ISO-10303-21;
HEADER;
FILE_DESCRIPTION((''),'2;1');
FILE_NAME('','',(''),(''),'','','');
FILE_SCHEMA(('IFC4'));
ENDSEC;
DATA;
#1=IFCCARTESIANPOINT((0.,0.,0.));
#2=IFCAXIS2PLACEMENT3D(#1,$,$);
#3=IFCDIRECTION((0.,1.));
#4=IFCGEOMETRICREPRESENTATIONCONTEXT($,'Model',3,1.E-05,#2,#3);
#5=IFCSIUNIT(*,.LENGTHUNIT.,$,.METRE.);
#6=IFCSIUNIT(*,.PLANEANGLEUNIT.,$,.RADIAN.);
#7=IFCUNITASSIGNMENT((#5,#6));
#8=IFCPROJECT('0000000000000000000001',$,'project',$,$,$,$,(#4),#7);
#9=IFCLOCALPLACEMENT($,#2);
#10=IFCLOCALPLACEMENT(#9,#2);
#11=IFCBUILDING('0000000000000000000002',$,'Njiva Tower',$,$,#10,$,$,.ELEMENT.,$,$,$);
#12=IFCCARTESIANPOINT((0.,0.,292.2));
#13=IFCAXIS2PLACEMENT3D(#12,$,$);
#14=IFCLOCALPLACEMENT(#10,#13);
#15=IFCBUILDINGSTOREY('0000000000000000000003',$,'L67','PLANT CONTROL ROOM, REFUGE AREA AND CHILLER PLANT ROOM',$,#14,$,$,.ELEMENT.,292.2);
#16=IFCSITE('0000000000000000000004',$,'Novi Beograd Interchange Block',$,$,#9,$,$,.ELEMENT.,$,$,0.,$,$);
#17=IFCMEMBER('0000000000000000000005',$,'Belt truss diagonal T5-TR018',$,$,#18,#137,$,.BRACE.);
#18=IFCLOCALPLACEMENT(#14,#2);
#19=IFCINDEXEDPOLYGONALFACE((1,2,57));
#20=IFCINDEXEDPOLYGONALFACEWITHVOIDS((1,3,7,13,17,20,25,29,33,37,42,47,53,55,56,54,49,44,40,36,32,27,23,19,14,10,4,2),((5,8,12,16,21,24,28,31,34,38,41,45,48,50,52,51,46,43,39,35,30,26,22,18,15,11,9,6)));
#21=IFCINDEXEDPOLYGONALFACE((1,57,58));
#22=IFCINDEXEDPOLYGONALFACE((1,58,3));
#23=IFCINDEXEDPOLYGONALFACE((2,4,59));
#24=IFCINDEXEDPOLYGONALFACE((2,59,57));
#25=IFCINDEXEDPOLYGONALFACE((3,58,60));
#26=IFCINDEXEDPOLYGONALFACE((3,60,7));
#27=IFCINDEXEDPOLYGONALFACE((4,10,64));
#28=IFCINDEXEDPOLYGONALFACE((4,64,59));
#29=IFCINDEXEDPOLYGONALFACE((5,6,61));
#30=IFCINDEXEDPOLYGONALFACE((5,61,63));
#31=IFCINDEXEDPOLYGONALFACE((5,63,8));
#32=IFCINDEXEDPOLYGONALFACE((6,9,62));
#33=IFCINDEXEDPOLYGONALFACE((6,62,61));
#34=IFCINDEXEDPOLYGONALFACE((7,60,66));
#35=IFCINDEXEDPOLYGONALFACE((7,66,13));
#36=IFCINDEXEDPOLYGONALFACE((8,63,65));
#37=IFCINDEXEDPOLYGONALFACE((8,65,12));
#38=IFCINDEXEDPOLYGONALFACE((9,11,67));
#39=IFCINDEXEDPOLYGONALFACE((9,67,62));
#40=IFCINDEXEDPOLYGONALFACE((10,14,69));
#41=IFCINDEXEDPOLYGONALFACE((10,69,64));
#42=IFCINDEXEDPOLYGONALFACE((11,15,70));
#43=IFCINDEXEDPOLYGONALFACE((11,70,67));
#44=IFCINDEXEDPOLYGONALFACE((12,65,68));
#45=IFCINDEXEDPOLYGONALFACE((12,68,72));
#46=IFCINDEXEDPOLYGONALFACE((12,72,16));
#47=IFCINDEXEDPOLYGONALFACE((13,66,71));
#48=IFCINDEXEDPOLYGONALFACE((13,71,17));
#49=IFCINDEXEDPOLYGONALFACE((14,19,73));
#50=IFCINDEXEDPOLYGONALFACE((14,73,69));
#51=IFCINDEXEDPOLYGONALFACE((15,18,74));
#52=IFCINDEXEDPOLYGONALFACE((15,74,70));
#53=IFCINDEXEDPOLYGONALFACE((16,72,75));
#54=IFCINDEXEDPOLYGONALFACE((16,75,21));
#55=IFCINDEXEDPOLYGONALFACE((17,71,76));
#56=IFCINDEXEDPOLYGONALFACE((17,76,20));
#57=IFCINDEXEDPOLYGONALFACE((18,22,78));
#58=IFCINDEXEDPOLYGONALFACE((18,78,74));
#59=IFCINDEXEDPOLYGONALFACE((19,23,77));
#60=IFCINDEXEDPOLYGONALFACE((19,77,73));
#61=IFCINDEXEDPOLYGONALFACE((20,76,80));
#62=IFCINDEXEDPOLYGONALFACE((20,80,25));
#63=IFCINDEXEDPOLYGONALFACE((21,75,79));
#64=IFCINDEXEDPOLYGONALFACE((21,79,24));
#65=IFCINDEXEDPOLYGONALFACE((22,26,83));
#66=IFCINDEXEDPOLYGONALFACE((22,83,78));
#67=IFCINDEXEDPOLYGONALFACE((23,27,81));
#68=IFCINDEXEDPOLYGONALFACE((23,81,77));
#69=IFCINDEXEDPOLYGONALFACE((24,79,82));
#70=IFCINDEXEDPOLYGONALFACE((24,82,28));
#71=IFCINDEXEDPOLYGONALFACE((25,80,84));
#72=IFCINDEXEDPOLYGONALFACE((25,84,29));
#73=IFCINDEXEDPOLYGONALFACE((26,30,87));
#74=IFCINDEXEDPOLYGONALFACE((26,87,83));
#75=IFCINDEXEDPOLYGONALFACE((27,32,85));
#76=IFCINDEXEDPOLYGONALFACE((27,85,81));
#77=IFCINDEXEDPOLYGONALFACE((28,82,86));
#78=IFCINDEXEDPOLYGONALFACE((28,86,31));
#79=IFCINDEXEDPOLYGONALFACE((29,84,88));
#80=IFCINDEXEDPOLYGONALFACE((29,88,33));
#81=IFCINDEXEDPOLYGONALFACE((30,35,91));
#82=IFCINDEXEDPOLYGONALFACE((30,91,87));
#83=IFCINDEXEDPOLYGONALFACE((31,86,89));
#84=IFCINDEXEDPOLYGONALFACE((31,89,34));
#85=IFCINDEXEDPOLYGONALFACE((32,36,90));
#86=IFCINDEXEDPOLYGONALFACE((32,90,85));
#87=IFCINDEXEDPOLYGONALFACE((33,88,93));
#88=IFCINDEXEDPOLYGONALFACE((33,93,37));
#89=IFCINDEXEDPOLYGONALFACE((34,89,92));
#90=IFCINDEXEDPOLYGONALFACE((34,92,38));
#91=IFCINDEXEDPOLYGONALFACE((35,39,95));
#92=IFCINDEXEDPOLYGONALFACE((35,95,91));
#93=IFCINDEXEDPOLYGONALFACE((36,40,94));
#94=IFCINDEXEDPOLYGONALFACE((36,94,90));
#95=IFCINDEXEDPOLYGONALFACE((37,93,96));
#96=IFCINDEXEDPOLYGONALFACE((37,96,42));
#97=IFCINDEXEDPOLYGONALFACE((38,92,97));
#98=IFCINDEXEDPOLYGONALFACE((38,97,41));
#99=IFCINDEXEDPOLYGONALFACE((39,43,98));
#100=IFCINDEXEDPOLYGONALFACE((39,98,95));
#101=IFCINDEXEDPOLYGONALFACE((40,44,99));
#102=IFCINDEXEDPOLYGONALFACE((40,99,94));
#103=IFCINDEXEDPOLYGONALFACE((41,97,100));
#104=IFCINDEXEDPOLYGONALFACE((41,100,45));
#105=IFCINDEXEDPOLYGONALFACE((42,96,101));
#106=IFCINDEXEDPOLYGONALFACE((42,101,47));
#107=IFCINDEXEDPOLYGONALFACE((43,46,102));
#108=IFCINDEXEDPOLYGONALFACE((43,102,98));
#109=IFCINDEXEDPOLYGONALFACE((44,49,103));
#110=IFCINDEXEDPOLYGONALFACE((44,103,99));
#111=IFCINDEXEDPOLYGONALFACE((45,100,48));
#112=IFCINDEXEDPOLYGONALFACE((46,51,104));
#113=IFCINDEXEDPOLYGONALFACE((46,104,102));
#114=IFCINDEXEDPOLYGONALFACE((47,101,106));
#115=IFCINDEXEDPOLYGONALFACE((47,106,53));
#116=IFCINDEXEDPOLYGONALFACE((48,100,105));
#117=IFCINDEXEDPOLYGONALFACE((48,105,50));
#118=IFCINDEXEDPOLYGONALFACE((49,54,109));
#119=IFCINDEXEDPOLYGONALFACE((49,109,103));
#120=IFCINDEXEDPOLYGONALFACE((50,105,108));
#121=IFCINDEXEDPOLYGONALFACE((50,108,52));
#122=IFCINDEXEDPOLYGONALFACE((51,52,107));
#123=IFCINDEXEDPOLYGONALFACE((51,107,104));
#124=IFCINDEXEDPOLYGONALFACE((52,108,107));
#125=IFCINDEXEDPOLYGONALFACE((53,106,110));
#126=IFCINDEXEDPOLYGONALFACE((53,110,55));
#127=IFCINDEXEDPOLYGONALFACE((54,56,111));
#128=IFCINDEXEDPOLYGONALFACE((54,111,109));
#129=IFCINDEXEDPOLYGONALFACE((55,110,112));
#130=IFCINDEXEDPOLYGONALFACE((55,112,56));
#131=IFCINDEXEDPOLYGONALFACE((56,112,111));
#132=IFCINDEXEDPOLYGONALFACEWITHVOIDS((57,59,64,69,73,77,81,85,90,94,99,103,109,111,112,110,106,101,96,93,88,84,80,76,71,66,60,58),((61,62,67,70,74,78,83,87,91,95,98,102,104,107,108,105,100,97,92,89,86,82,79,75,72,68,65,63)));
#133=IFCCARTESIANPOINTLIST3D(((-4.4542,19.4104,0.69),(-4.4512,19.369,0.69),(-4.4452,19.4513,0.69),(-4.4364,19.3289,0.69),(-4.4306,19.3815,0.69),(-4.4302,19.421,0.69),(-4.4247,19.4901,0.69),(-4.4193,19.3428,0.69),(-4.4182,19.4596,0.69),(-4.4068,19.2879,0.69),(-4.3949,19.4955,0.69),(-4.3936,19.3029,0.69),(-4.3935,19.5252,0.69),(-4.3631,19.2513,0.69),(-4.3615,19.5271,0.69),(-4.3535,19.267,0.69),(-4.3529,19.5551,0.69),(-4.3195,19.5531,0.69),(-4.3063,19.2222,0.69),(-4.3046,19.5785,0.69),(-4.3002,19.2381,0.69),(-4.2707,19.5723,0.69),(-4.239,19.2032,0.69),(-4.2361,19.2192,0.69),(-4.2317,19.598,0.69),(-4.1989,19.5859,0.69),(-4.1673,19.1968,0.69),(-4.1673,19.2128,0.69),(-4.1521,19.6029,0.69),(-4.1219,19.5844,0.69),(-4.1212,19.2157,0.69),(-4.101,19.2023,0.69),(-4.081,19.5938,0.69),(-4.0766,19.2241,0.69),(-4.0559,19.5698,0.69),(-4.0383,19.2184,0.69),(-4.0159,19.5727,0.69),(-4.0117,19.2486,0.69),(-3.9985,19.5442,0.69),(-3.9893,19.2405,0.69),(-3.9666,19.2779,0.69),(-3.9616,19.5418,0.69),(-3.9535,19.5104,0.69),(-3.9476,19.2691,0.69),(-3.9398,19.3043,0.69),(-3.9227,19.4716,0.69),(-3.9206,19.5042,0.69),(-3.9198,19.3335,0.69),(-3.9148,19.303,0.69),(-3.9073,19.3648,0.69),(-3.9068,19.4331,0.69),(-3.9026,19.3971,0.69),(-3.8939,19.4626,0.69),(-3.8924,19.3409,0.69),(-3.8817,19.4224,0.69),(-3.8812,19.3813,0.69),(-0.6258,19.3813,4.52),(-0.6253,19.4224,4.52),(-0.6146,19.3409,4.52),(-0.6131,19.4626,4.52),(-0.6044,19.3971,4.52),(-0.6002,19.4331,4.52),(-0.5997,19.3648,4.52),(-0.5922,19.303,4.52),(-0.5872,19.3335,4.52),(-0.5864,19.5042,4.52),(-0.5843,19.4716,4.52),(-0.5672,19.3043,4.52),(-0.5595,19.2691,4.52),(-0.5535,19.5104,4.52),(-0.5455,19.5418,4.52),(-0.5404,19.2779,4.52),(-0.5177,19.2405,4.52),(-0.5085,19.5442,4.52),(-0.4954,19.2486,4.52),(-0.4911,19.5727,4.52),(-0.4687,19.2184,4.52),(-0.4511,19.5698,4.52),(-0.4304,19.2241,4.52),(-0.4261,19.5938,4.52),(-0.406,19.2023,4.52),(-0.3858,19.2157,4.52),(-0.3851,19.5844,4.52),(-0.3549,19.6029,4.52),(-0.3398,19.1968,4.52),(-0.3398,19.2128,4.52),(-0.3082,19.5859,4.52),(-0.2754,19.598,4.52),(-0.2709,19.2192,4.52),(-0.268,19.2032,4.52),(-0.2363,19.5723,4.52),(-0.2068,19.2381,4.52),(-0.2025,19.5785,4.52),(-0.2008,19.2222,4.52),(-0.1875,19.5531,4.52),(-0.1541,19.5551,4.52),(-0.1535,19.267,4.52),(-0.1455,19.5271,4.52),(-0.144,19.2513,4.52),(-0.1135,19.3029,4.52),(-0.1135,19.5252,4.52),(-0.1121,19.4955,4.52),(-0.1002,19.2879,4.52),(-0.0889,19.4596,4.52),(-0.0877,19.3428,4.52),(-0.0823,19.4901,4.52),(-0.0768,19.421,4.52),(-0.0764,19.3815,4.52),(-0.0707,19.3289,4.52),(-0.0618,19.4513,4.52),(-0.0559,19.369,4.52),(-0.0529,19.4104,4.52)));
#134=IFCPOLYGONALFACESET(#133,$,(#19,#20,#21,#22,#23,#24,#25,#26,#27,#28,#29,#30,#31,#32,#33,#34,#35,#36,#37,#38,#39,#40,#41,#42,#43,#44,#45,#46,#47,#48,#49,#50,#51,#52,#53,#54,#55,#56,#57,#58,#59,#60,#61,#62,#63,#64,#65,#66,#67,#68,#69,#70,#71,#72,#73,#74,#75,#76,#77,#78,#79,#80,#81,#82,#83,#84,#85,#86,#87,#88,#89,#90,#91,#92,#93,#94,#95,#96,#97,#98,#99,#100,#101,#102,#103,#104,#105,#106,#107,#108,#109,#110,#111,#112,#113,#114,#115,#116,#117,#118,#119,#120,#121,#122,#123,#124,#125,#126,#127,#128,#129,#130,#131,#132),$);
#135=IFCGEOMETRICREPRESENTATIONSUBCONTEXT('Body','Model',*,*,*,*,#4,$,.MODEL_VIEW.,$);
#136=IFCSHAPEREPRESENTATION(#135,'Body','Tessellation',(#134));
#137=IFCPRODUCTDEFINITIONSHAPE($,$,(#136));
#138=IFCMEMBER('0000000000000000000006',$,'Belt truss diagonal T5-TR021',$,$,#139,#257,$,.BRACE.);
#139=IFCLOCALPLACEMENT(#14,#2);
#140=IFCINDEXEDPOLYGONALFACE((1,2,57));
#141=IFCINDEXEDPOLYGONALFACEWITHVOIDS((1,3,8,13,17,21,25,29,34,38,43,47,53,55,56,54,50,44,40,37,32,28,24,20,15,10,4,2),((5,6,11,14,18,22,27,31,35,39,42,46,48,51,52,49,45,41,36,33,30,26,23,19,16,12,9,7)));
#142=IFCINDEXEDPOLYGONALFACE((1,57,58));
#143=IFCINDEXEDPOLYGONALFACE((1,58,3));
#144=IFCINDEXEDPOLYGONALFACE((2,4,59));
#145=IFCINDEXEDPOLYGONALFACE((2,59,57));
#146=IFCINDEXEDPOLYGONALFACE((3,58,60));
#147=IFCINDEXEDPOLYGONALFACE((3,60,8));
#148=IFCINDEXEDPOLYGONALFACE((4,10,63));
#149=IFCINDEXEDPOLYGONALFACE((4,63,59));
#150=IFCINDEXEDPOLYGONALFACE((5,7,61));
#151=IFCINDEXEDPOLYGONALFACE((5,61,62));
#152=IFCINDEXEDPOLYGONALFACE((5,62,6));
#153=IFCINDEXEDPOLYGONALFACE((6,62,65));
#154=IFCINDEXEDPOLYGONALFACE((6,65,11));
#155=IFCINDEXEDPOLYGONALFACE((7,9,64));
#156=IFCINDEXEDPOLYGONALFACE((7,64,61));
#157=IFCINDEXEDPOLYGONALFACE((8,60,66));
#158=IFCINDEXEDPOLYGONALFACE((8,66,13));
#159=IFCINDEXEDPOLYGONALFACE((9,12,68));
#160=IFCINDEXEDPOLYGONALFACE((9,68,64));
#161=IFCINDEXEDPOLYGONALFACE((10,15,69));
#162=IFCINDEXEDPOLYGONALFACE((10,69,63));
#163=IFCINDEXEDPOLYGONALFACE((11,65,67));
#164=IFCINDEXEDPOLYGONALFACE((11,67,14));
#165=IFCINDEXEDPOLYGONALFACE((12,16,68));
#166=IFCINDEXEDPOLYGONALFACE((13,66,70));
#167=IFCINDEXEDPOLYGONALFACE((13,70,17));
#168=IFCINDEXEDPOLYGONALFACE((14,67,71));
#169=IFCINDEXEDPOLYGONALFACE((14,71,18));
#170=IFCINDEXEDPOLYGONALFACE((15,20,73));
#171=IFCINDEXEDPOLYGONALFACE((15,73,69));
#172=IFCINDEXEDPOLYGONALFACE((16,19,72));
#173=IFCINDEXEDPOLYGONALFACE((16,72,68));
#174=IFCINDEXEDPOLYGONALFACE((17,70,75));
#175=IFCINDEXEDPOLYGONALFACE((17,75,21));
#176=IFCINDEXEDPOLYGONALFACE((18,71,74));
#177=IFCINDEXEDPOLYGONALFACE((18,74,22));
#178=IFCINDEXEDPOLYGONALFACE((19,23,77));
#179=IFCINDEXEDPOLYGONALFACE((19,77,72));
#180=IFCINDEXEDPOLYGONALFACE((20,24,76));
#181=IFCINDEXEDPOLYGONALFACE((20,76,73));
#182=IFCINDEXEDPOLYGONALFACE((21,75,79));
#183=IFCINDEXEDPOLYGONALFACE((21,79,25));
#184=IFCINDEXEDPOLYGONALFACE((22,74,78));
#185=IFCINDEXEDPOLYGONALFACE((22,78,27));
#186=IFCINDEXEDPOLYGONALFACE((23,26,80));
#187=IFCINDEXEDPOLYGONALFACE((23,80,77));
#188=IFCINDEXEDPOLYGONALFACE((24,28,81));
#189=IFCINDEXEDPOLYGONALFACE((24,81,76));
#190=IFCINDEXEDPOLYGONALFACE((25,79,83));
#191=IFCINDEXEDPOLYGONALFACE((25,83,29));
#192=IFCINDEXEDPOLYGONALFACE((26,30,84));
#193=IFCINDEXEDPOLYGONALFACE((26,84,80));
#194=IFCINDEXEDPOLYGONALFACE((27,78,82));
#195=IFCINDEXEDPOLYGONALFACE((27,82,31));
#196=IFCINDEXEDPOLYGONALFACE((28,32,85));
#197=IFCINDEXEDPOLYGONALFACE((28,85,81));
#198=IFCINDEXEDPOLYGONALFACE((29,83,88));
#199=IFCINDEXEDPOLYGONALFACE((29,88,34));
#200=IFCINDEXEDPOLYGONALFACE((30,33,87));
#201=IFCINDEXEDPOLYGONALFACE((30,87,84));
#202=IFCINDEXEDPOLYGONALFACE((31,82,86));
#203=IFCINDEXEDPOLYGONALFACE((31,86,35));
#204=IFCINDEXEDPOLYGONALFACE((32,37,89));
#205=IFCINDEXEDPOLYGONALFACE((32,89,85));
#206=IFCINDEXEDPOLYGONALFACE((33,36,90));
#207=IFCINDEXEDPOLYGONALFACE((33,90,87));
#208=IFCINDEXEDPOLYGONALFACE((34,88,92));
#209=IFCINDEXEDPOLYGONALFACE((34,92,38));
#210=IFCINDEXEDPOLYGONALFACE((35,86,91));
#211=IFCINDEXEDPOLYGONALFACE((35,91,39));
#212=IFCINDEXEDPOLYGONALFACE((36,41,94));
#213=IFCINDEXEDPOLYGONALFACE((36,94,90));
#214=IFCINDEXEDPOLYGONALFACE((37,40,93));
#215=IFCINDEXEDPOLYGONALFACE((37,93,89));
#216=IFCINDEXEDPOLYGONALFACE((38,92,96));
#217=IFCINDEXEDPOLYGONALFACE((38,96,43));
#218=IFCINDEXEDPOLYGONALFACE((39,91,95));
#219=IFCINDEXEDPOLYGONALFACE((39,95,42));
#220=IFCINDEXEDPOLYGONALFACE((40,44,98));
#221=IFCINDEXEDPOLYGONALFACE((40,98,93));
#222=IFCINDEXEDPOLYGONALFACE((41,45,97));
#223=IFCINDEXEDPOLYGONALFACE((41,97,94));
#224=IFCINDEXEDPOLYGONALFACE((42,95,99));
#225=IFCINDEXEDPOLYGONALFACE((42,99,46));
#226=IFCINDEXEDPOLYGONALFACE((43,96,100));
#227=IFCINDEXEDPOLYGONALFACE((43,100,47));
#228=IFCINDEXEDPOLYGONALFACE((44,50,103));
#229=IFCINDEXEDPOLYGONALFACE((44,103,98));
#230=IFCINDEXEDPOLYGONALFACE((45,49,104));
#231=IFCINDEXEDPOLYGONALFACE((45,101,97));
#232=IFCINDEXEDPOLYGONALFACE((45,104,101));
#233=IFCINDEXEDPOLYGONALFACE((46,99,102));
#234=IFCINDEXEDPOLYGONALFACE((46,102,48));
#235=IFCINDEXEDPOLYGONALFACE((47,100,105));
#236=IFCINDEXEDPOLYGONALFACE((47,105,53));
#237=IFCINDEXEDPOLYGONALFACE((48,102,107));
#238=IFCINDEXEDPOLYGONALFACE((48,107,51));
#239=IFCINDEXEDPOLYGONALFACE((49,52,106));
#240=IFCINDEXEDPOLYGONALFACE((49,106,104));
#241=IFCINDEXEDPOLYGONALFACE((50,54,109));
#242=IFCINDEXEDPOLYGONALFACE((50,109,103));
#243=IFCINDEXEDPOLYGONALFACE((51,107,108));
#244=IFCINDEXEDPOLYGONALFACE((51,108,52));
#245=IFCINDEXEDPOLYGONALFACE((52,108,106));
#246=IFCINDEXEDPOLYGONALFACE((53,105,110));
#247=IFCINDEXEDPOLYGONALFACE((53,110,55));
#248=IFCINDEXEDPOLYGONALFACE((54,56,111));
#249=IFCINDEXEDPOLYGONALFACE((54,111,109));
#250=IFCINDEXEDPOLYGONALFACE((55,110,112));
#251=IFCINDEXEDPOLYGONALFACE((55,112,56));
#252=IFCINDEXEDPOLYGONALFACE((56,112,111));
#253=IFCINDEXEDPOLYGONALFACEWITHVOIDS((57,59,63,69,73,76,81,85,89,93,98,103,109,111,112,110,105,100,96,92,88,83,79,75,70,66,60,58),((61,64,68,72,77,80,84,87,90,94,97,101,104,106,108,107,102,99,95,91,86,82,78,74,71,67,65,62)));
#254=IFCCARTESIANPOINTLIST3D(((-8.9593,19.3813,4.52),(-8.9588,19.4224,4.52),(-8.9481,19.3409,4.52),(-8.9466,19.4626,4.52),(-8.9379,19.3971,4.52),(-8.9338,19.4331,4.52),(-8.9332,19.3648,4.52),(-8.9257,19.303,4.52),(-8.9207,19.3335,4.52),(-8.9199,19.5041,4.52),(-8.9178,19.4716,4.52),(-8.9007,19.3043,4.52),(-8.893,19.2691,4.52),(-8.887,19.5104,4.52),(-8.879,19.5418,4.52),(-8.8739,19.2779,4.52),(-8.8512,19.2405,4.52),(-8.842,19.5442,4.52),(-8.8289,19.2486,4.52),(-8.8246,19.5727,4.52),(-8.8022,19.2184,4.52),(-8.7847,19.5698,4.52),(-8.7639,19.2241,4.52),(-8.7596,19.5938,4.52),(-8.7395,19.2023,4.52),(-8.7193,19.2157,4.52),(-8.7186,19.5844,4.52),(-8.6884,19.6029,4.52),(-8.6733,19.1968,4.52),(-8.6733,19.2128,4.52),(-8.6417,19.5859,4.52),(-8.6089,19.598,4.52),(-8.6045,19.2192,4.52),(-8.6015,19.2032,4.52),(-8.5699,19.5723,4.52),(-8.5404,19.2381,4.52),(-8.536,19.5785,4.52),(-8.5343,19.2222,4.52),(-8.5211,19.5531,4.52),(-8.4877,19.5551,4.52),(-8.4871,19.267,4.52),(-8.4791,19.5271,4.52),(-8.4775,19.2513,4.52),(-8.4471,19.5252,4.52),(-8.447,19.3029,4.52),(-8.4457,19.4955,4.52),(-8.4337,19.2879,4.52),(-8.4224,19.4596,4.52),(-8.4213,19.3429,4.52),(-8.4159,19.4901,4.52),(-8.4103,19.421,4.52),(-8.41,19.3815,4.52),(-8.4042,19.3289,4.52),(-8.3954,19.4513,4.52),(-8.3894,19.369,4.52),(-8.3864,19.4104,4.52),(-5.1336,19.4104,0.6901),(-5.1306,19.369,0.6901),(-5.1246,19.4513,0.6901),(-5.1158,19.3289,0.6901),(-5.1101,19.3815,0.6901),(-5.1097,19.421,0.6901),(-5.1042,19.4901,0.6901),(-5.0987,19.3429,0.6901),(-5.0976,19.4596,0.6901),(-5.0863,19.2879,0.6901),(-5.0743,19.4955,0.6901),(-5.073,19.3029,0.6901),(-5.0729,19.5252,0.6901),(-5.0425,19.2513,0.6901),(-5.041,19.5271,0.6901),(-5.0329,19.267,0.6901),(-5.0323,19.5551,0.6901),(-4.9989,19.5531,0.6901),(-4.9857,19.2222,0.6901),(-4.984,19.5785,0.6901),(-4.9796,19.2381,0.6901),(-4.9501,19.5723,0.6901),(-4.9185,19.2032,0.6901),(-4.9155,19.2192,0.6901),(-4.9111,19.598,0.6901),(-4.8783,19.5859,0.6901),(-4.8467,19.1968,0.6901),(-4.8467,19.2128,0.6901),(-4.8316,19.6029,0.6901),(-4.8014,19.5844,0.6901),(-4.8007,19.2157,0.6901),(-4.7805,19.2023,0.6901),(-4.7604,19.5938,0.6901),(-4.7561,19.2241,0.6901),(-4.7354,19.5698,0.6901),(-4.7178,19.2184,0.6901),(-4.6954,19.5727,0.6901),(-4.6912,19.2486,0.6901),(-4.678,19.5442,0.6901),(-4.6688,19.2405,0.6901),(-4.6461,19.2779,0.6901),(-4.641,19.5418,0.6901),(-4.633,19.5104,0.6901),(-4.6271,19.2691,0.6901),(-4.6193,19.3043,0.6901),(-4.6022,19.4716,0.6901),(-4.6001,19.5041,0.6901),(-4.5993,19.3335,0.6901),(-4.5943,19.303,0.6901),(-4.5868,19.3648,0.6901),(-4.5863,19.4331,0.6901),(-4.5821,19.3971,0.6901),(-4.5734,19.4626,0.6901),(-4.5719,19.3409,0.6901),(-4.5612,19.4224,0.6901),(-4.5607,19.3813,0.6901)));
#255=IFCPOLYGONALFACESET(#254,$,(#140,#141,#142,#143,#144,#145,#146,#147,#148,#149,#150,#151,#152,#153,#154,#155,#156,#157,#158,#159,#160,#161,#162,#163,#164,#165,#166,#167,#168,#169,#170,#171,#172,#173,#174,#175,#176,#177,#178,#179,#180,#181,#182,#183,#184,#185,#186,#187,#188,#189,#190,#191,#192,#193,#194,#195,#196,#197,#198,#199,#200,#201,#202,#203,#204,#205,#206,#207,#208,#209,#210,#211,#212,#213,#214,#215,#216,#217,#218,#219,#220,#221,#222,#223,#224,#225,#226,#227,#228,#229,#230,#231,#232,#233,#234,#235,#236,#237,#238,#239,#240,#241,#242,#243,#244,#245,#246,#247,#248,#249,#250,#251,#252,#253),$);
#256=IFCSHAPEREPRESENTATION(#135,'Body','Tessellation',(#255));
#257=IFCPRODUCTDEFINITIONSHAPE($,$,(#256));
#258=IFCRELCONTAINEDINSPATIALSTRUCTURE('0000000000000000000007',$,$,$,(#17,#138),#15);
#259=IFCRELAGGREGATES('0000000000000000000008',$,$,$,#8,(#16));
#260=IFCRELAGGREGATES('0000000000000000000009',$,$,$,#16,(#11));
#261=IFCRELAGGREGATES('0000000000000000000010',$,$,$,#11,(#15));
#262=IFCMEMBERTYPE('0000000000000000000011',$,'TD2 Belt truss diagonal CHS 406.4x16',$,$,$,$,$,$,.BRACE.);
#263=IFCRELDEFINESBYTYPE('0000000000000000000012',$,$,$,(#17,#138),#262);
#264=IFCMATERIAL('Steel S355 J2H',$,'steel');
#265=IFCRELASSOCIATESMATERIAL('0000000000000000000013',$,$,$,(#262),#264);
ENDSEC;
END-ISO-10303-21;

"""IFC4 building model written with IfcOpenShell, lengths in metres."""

from ifc_helpers import new_model, si_unit, direction, frame, origin, origin_2d, place, context, subcontext, project, spatial, hollow_circle, extrude, clip, halfspace, material, material_profile, profile_set, type_object, element, save


model = new_model("IFC4")

# Units and contexts
model_context = context("Model", 3, precision=1e-05, world=origin(), true_north=direction((0.0, 1.0)))
body_context = subcontext(model_context, "Body", "Model", "MODEL_VIEW")
ifc_project = project(units=[si_unit("LENGTHUNIT", "METRE"), si_unit("PLANEANGLEUNIT", "RADIAN")], contexts=[model_context])

# Site, building, storey
site_placement = place(None, origin())
site = spatial("IfcSite", under=ifc_project, at=site_placement, Name="Novi Beograd Interchange Block", CompositionType="ELEMENT", RefElevation=0.0)
building_placement = place(site_placement, origin())
building = spatial("IfcBuilding", under=site, at=building_placement, Name="Njiva Tower", CompositionType="ELEMENT")
storey_placement = place(building_placement, frame((0.0, 0.0, 292.2)))
storey = spatial("IfcBuildingStorey", under=building, at=storey_placement, Name="L67", Description="PLANT CONTROL ROOM, REFUGE AREA AND CHILLER PLANT ROOM", CompositionType="ELEMENT", Elevation=292.2)

# Members
ifc_material_1 = material(Name="Steel S355 J2H", Category="steel")
ifc_material_profile_1 = material_profile(ifc_material_1, hollow_circle(Radius=0.2032, WallThickness=0.016, at=origin_2d()), Name="CHS 406.4x16")
ifc_profile_set_1 = profile_set([ifc_material_profile_1], Name="Steel S355 J2H")
member_type_1 = type_object("IfcMemberType", Name="TD2 Belt truss diagonal CHS 406.4x16", PredefinedType="BRACE", material=ifc_profile_set_1)
member_1_placement = place(storey_placement, frame((0.1661, 19.4, 5.0262), z_axis=(-0.706871, 0.0, -0.707342), x_axis=(0.0, -1.0, 0.0)))
element("IfcMember", 1, at=member_1_placement, inside=storey, type_object=member_type_1, Name="Belt truss diagonal T5-TR018", PredefinedType="BRACE", context=body_context, shape_type="Clipping", body=[
    clip(clip(extrude(hollow_circle(Radius=0.2032, WallThickness=0.016, at=origin_2d()), origin(), (0.0, 0.0, 1.0), 6.846), halfspace(frame((19.4, -0.2403, 0.4755), z_axis=(0.0, 0.706871, -0.707342), x_axis=(0.0, -0.707342, -0.706871)), False)), halfspace(frame((19.4, -2.9477, 3.1846), z_axis=(0.0, -0.706871, 0.707342), x_axis=(0.0, 0.707342, 0.706871)), False)),
])
member_2_placement = place(storey_placement, frame((-4.3409, 19.4, 0.1838), z_axis=(-0.706793, 0.0, 0.70742), x_axis=(0.0, -1.0, 0.0)))
element("IfcMember", 2, at=member_2_placement, inside=storey, type_object=member_type_1, Name="Belt truss diagonal T5-TR021", PredefinedType="BRACE", context=body_context, shape_type="Clipping", body=[
    clip(clip(extrude(hollow_circle(Radius=0.2032, WallThickness=0.016, at=origin_2d()), origin(), (0.0, 0.0, 1.0), 6.8453), halfspace(frame((19.4, 3.4287, -2.71), z_axis=(0.0, -0.706793, -0.70742), x_axis=(0.0, -0.70742, 0.706793)), False)), halfspace(frame((19.4, 6.1357, -0.0006), z_axis=(0.0, 0.706793, 0.70742), x_axis=(0.0, 0.70742, -0.706793)), False)),
])

save(model, "model.ifc")
